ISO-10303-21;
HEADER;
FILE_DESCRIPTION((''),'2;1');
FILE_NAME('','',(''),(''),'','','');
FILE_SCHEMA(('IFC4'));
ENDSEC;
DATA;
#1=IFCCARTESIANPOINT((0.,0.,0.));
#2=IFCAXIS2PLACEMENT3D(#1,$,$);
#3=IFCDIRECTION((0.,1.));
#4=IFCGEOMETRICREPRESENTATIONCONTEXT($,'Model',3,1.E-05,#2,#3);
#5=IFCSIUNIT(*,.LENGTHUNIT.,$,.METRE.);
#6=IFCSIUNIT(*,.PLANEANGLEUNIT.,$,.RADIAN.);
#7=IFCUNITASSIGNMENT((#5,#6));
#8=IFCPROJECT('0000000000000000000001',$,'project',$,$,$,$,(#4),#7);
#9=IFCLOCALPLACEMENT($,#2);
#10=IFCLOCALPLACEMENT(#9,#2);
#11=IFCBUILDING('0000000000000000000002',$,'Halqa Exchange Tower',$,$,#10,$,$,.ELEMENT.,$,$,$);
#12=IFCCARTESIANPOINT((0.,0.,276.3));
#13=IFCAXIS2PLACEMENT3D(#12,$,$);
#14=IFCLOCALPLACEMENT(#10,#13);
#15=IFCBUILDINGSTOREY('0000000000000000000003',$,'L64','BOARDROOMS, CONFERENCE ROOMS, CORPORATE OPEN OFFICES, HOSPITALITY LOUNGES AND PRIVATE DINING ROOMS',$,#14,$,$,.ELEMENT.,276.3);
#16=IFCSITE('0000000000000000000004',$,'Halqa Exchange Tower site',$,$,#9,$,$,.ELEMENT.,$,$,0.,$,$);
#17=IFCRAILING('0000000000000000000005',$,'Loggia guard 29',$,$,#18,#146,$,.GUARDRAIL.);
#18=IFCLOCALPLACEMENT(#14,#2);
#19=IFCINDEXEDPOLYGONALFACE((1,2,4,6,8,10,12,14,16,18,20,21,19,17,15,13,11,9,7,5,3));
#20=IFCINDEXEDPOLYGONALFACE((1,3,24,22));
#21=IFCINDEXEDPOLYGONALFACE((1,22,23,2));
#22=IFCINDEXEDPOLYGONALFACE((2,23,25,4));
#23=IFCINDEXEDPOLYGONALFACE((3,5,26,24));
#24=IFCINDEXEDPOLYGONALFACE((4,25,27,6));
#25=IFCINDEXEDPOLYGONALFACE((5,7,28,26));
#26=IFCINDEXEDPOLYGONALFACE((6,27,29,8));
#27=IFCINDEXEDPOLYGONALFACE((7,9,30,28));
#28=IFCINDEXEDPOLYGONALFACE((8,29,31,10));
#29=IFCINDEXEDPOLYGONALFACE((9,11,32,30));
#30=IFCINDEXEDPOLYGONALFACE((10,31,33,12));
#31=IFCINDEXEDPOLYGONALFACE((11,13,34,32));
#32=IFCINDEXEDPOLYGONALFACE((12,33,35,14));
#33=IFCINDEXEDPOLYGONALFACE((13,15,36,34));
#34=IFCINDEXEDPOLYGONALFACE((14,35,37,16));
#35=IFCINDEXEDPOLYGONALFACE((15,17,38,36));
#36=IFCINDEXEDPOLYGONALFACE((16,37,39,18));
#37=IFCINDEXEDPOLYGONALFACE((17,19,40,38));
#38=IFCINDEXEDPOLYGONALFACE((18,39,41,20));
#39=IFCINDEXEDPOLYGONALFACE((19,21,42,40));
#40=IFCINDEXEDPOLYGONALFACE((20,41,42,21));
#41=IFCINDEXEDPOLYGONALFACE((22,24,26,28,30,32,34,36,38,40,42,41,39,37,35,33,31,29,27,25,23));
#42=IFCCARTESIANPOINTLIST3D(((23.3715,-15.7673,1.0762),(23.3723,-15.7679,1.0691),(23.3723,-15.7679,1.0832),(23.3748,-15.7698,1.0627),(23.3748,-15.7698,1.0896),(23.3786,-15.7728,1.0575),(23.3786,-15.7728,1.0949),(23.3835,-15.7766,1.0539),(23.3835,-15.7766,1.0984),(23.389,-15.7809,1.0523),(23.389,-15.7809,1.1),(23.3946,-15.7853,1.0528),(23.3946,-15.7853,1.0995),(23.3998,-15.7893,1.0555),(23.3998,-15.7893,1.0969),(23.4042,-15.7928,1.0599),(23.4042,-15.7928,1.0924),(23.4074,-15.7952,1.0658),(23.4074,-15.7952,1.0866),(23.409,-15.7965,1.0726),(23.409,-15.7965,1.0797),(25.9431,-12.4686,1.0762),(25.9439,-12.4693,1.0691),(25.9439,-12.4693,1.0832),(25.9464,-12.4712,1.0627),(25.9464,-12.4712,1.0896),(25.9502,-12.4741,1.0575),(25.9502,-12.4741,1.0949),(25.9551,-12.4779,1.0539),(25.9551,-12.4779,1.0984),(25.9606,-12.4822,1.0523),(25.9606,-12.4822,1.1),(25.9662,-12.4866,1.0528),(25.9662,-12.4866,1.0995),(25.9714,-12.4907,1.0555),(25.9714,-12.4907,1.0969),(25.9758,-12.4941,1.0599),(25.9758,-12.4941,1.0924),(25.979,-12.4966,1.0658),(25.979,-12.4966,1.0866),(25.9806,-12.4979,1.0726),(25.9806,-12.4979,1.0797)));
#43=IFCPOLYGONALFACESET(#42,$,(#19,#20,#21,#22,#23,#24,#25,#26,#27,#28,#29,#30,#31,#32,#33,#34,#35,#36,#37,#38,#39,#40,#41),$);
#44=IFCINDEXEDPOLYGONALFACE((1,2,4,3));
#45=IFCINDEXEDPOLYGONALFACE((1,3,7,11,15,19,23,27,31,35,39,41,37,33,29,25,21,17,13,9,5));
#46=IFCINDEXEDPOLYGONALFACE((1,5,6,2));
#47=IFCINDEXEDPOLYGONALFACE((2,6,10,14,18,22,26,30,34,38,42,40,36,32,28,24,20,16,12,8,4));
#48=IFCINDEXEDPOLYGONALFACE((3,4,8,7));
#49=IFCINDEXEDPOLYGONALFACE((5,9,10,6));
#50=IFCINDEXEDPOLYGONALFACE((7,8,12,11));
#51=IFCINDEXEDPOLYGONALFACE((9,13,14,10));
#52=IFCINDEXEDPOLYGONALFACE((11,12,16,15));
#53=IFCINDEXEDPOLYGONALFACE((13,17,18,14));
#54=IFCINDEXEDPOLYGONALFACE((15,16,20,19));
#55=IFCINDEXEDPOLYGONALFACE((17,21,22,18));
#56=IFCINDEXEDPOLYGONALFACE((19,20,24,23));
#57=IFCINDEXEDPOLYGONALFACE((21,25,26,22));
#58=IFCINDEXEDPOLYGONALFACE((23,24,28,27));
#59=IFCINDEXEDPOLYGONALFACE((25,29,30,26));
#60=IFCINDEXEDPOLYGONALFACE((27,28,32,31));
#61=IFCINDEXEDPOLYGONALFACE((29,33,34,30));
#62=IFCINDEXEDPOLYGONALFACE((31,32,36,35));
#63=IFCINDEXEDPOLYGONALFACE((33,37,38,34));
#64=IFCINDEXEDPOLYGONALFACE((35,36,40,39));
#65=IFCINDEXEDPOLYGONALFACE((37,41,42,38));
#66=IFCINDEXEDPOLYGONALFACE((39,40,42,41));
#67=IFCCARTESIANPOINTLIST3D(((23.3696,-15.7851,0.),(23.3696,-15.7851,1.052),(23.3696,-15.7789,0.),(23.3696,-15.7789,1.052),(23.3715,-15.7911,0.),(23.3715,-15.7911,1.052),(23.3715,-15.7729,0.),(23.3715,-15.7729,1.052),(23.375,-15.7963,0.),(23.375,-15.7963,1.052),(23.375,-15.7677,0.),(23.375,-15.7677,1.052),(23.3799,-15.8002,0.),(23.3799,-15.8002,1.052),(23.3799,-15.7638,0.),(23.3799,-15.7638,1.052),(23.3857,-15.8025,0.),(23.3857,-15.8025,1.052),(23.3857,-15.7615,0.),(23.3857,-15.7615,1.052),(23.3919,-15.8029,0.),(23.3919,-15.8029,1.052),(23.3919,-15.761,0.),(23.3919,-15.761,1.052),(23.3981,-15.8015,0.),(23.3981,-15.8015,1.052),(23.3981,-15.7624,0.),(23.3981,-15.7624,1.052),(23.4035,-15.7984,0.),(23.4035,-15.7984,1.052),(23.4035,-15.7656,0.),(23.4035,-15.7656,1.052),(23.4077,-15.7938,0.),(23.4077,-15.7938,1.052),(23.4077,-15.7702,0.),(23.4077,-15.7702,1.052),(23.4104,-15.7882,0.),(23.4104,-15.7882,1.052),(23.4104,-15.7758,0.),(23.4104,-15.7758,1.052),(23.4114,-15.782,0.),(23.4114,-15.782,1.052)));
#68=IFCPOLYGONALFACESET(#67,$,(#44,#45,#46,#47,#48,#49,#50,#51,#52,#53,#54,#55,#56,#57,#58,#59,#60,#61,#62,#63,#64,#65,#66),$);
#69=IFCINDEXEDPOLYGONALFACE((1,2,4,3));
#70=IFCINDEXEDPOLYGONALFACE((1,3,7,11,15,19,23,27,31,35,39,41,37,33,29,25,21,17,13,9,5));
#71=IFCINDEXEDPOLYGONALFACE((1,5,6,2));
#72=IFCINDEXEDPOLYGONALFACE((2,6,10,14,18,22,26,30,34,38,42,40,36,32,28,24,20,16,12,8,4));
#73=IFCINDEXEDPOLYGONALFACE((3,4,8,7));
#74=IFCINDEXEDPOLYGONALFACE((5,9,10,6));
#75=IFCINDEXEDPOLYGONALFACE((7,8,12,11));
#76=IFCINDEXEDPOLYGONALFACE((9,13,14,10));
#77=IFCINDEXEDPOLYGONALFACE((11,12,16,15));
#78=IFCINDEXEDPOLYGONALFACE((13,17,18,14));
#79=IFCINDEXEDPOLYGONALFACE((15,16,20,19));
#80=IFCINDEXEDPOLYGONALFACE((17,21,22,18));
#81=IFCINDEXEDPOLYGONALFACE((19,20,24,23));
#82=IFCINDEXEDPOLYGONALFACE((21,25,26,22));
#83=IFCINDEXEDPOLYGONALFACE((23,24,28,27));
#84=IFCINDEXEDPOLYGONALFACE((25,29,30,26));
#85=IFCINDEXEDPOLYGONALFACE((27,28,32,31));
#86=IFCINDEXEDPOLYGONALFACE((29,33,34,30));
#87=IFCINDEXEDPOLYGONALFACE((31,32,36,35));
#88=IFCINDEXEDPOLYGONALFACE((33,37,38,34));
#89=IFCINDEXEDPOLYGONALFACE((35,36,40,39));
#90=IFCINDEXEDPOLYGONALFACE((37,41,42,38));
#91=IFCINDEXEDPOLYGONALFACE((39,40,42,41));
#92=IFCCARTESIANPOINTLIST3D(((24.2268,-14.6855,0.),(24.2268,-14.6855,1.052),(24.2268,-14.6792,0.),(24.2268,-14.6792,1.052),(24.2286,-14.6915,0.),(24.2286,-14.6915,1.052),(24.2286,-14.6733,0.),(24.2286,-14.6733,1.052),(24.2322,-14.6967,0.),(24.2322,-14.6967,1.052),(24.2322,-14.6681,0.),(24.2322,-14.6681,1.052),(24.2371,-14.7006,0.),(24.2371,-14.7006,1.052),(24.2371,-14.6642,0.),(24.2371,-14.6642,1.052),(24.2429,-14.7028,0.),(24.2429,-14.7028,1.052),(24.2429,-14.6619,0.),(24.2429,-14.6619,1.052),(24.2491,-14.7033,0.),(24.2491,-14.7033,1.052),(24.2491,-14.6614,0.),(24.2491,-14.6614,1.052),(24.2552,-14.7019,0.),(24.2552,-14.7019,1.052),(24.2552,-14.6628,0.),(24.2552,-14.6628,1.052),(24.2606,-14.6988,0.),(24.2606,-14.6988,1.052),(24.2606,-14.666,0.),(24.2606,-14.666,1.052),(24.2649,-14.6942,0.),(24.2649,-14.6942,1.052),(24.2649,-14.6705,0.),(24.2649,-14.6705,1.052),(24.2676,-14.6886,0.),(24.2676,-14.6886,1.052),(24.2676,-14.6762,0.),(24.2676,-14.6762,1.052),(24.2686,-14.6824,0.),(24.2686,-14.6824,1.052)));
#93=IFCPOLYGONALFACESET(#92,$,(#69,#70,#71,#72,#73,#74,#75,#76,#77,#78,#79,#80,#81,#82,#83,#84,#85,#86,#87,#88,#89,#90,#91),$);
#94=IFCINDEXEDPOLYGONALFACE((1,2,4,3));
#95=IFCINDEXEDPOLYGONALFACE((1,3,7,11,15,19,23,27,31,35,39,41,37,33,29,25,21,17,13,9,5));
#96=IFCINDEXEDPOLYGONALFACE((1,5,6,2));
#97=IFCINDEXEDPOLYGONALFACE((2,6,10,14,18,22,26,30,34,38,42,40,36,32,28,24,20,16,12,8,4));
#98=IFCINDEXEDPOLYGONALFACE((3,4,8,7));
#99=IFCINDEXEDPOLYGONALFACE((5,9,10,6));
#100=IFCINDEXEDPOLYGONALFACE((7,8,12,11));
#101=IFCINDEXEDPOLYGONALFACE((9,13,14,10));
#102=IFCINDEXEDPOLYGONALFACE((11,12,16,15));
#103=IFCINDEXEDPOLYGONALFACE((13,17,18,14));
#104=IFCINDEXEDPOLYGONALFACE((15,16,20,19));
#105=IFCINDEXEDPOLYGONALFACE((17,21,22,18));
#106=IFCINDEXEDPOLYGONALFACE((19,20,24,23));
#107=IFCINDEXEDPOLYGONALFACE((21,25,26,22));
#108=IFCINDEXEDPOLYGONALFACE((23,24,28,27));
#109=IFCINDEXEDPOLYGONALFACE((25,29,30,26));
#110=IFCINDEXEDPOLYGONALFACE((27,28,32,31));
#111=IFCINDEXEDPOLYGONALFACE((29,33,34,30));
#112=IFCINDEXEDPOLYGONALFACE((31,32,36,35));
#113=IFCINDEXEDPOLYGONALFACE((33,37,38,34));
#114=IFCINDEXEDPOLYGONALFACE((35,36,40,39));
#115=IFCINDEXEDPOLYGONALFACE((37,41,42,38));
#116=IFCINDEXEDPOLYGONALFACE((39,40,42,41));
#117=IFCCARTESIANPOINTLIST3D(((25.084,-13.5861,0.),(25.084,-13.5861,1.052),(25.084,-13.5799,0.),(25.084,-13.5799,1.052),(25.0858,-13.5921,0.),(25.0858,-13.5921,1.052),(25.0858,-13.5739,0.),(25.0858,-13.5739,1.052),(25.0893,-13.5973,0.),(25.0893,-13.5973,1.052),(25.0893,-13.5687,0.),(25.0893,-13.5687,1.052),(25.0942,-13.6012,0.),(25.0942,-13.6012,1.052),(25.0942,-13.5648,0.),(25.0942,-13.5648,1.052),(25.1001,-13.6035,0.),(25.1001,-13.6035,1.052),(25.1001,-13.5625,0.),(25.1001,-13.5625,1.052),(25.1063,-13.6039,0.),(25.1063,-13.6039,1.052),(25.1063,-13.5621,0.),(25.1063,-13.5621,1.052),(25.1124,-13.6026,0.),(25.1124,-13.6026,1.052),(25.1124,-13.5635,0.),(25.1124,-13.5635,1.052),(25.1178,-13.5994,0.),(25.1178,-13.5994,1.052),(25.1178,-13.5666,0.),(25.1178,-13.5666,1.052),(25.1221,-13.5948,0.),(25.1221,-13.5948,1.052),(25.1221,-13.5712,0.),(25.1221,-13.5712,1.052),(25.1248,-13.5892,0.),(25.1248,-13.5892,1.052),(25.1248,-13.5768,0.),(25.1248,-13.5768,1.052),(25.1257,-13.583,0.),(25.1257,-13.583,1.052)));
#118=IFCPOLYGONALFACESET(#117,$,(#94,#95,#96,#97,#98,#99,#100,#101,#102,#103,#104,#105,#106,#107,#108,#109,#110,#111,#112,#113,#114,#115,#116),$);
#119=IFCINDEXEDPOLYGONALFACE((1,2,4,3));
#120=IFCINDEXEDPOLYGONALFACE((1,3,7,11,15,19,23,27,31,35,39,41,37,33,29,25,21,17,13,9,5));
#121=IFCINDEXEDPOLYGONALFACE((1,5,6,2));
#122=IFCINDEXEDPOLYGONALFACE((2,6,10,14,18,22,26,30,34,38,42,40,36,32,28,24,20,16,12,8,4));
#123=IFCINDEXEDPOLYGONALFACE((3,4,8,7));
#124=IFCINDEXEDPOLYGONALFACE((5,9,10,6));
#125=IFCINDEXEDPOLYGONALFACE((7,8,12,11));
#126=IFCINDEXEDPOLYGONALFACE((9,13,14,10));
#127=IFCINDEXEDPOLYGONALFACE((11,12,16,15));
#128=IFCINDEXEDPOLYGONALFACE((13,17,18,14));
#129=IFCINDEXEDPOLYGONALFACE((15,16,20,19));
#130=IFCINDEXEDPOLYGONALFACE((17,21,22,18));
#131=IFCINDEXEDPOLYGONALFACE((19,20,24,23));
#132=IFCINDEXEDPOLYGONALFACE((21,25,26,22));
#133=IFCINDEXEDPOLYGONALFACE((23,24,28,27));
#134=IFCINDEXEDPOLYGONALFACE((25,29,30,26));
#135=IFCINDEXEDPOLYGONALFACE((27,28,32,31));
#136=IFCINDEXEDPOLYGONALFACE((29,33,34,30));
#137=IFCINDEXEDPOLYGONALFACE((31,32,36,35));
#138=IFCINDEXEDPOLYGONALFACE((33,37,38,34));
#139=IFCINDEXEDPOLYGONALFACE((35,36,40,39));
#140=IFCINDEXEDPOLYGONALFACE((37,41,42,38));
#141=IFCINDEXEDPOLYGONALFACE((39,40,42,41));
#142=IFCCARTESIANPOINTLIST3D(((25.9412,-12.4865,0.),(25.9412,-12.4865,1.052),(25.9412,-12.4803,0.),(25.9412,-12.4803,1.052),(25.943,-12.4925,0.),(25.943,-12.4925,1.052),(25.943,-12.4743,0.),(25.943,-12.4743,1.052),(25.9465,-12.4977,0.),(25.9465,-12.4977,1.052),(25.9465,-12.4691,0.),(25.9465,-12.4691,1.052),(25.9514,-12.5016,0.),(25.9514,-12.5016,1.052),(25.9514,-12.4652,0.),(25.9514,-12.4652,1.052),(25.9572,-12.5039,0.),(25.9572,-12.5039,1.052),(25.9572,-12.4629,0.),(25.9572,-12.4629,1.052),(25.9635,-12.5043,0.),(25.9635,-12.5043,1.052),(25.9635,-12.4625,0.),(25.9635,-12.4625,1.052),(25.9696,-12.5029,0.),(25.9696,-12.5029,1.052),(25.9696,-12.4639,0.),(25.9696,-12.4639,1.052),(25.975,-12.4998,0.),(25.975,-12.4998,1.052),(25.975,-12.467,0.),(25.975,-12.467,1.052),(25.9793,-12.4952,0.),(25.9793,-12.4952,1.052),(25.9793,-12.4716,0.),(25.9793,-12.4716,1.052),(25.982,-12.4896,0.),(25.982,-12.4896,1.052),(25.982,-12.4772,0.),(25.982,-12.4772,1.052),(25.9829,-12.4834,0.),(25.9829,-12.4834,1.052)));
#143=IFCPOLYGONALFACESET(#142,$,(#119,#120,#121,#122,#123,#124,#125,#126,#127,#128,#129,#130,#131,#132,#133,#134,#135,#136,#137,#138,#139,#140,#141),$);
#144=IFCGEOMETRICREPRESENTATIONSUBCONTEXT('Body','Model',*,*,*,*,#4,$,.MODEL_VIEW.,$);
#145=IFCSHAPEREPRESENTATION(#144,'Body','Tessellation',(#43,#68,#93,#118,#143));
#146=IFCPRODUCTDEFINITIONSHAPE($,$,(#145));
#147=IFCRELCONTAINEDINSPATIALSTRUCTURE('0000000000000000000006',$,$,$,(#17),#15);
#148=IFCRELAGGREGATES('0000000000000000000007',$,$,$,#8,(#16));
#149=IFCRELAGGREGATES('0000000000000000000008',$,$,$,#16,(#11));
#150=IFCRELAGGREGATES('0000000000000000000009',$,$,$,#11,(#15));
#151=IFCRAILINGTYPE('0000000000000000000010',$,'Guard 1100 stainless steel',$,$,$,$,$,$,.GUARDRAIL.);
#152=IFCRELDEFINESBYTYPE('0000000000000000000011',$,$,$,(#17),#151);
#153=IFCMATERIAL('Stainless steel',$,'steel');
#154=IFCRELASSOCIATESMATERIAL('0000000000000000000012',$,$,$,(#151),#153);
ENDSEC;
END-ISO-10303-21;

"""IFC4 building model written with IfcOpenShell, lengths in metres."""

from ifc_helpers import new_model, si_unit, direction, frame, origin, origin_2d, place, context, subcontext, project, spatial, circle, extrude, material, type_object, element, save


model = new_model("IFC4")

# Units and contexts
model_context = context("Model", 3, precision=1e-05, world=origin(), true_north=direction((0.0, 1.0)))
body_context = subcontext(model_context, "Body", "Model", "MODEL_VIEW")
ifc_project = project(units=[si_unit("LENGTHUNIT", "METRE"), si_unit("PLANEANGLEUNIT", "RADIAN")], contexts=[model_context])

# Site, building, storey
site_placement = place(None, origin())
site = spatial("IfcSite", under=ifc_project, at=site_placement, Name="Halqa Exchange Tower site", CompositionType="ELEMENT", RefElevation=0.0)
building_placement = place(site_placement, origin())
building = spatial("IfcBuilding", under=site, at=building_placement, Name="Halqa Exchange Tower", CompositionType="ELEMENT")
storey_placement = place(building_placement, frame((0.0, 0.0, 276.3)))
storey = spatial("IfcBuildingStorey", under=building, at=storey_placement, Name="L64", Description="BOARDROOMS, CONFERENCE ROOMS, CORPORATE OPEN OFFICES, HOSPITALITY LOUNGES AND PRIVATE DINING ROOMS", CompositionType="ELEMENT", Elevation=276.3)

# Railing
ifc_material_1 = material(Name="Stainless steel", Category="steel")
railing_type = type_object("IfcRailingType", Name="Guard 1100 stainless steel", PredefinedType="GUARDRAIL", material=ifc_material_1)
railing_1_placement = place(storey_placement, frame((23.3904, -15.782, 0.0)))
element("IfcRailing", 1, at=railing_1_placement, inside=storey, type_object=railing_type, Name="Loggia guard 29", PredefinedType="GUARDRAIL", context=body_context, shape_type="SweptSolid", body=[
    extrude(circle(Radius=0.0239, at=origin_2d()), frame((0.0, 0.0, 1.0762), z_axis=(0.614829, 0.78866, 0.0), x_axis=(-0.78866, 0.614829, 0.0)), (0.0, 0.0, 1.0), 4.1826),
    extrude(circle(Radius=0.021, at=origin_2d()), origin(), (0.0, 0.0, 1.0), 1.052),
    extrude(circle(Radius=0.021, at=origin_2d()), frame((0.8572, 1.0996, 0.0)), (0.0, 0.0, 1.0), 1.052),
    extrude(circle(Radius=0.021, at=origin_2d()), frame((1.7144, 2.199, 0.0)), (0.0, 0.0, 1.0), 1.052),
    extrude(circle(Radius=0.021, at=origin_2d()), frame((2.5715, 3.2986, 0.0)), (0.0, 0.0, 1.0), 1.052),
])

save(model, "model.ifc")
